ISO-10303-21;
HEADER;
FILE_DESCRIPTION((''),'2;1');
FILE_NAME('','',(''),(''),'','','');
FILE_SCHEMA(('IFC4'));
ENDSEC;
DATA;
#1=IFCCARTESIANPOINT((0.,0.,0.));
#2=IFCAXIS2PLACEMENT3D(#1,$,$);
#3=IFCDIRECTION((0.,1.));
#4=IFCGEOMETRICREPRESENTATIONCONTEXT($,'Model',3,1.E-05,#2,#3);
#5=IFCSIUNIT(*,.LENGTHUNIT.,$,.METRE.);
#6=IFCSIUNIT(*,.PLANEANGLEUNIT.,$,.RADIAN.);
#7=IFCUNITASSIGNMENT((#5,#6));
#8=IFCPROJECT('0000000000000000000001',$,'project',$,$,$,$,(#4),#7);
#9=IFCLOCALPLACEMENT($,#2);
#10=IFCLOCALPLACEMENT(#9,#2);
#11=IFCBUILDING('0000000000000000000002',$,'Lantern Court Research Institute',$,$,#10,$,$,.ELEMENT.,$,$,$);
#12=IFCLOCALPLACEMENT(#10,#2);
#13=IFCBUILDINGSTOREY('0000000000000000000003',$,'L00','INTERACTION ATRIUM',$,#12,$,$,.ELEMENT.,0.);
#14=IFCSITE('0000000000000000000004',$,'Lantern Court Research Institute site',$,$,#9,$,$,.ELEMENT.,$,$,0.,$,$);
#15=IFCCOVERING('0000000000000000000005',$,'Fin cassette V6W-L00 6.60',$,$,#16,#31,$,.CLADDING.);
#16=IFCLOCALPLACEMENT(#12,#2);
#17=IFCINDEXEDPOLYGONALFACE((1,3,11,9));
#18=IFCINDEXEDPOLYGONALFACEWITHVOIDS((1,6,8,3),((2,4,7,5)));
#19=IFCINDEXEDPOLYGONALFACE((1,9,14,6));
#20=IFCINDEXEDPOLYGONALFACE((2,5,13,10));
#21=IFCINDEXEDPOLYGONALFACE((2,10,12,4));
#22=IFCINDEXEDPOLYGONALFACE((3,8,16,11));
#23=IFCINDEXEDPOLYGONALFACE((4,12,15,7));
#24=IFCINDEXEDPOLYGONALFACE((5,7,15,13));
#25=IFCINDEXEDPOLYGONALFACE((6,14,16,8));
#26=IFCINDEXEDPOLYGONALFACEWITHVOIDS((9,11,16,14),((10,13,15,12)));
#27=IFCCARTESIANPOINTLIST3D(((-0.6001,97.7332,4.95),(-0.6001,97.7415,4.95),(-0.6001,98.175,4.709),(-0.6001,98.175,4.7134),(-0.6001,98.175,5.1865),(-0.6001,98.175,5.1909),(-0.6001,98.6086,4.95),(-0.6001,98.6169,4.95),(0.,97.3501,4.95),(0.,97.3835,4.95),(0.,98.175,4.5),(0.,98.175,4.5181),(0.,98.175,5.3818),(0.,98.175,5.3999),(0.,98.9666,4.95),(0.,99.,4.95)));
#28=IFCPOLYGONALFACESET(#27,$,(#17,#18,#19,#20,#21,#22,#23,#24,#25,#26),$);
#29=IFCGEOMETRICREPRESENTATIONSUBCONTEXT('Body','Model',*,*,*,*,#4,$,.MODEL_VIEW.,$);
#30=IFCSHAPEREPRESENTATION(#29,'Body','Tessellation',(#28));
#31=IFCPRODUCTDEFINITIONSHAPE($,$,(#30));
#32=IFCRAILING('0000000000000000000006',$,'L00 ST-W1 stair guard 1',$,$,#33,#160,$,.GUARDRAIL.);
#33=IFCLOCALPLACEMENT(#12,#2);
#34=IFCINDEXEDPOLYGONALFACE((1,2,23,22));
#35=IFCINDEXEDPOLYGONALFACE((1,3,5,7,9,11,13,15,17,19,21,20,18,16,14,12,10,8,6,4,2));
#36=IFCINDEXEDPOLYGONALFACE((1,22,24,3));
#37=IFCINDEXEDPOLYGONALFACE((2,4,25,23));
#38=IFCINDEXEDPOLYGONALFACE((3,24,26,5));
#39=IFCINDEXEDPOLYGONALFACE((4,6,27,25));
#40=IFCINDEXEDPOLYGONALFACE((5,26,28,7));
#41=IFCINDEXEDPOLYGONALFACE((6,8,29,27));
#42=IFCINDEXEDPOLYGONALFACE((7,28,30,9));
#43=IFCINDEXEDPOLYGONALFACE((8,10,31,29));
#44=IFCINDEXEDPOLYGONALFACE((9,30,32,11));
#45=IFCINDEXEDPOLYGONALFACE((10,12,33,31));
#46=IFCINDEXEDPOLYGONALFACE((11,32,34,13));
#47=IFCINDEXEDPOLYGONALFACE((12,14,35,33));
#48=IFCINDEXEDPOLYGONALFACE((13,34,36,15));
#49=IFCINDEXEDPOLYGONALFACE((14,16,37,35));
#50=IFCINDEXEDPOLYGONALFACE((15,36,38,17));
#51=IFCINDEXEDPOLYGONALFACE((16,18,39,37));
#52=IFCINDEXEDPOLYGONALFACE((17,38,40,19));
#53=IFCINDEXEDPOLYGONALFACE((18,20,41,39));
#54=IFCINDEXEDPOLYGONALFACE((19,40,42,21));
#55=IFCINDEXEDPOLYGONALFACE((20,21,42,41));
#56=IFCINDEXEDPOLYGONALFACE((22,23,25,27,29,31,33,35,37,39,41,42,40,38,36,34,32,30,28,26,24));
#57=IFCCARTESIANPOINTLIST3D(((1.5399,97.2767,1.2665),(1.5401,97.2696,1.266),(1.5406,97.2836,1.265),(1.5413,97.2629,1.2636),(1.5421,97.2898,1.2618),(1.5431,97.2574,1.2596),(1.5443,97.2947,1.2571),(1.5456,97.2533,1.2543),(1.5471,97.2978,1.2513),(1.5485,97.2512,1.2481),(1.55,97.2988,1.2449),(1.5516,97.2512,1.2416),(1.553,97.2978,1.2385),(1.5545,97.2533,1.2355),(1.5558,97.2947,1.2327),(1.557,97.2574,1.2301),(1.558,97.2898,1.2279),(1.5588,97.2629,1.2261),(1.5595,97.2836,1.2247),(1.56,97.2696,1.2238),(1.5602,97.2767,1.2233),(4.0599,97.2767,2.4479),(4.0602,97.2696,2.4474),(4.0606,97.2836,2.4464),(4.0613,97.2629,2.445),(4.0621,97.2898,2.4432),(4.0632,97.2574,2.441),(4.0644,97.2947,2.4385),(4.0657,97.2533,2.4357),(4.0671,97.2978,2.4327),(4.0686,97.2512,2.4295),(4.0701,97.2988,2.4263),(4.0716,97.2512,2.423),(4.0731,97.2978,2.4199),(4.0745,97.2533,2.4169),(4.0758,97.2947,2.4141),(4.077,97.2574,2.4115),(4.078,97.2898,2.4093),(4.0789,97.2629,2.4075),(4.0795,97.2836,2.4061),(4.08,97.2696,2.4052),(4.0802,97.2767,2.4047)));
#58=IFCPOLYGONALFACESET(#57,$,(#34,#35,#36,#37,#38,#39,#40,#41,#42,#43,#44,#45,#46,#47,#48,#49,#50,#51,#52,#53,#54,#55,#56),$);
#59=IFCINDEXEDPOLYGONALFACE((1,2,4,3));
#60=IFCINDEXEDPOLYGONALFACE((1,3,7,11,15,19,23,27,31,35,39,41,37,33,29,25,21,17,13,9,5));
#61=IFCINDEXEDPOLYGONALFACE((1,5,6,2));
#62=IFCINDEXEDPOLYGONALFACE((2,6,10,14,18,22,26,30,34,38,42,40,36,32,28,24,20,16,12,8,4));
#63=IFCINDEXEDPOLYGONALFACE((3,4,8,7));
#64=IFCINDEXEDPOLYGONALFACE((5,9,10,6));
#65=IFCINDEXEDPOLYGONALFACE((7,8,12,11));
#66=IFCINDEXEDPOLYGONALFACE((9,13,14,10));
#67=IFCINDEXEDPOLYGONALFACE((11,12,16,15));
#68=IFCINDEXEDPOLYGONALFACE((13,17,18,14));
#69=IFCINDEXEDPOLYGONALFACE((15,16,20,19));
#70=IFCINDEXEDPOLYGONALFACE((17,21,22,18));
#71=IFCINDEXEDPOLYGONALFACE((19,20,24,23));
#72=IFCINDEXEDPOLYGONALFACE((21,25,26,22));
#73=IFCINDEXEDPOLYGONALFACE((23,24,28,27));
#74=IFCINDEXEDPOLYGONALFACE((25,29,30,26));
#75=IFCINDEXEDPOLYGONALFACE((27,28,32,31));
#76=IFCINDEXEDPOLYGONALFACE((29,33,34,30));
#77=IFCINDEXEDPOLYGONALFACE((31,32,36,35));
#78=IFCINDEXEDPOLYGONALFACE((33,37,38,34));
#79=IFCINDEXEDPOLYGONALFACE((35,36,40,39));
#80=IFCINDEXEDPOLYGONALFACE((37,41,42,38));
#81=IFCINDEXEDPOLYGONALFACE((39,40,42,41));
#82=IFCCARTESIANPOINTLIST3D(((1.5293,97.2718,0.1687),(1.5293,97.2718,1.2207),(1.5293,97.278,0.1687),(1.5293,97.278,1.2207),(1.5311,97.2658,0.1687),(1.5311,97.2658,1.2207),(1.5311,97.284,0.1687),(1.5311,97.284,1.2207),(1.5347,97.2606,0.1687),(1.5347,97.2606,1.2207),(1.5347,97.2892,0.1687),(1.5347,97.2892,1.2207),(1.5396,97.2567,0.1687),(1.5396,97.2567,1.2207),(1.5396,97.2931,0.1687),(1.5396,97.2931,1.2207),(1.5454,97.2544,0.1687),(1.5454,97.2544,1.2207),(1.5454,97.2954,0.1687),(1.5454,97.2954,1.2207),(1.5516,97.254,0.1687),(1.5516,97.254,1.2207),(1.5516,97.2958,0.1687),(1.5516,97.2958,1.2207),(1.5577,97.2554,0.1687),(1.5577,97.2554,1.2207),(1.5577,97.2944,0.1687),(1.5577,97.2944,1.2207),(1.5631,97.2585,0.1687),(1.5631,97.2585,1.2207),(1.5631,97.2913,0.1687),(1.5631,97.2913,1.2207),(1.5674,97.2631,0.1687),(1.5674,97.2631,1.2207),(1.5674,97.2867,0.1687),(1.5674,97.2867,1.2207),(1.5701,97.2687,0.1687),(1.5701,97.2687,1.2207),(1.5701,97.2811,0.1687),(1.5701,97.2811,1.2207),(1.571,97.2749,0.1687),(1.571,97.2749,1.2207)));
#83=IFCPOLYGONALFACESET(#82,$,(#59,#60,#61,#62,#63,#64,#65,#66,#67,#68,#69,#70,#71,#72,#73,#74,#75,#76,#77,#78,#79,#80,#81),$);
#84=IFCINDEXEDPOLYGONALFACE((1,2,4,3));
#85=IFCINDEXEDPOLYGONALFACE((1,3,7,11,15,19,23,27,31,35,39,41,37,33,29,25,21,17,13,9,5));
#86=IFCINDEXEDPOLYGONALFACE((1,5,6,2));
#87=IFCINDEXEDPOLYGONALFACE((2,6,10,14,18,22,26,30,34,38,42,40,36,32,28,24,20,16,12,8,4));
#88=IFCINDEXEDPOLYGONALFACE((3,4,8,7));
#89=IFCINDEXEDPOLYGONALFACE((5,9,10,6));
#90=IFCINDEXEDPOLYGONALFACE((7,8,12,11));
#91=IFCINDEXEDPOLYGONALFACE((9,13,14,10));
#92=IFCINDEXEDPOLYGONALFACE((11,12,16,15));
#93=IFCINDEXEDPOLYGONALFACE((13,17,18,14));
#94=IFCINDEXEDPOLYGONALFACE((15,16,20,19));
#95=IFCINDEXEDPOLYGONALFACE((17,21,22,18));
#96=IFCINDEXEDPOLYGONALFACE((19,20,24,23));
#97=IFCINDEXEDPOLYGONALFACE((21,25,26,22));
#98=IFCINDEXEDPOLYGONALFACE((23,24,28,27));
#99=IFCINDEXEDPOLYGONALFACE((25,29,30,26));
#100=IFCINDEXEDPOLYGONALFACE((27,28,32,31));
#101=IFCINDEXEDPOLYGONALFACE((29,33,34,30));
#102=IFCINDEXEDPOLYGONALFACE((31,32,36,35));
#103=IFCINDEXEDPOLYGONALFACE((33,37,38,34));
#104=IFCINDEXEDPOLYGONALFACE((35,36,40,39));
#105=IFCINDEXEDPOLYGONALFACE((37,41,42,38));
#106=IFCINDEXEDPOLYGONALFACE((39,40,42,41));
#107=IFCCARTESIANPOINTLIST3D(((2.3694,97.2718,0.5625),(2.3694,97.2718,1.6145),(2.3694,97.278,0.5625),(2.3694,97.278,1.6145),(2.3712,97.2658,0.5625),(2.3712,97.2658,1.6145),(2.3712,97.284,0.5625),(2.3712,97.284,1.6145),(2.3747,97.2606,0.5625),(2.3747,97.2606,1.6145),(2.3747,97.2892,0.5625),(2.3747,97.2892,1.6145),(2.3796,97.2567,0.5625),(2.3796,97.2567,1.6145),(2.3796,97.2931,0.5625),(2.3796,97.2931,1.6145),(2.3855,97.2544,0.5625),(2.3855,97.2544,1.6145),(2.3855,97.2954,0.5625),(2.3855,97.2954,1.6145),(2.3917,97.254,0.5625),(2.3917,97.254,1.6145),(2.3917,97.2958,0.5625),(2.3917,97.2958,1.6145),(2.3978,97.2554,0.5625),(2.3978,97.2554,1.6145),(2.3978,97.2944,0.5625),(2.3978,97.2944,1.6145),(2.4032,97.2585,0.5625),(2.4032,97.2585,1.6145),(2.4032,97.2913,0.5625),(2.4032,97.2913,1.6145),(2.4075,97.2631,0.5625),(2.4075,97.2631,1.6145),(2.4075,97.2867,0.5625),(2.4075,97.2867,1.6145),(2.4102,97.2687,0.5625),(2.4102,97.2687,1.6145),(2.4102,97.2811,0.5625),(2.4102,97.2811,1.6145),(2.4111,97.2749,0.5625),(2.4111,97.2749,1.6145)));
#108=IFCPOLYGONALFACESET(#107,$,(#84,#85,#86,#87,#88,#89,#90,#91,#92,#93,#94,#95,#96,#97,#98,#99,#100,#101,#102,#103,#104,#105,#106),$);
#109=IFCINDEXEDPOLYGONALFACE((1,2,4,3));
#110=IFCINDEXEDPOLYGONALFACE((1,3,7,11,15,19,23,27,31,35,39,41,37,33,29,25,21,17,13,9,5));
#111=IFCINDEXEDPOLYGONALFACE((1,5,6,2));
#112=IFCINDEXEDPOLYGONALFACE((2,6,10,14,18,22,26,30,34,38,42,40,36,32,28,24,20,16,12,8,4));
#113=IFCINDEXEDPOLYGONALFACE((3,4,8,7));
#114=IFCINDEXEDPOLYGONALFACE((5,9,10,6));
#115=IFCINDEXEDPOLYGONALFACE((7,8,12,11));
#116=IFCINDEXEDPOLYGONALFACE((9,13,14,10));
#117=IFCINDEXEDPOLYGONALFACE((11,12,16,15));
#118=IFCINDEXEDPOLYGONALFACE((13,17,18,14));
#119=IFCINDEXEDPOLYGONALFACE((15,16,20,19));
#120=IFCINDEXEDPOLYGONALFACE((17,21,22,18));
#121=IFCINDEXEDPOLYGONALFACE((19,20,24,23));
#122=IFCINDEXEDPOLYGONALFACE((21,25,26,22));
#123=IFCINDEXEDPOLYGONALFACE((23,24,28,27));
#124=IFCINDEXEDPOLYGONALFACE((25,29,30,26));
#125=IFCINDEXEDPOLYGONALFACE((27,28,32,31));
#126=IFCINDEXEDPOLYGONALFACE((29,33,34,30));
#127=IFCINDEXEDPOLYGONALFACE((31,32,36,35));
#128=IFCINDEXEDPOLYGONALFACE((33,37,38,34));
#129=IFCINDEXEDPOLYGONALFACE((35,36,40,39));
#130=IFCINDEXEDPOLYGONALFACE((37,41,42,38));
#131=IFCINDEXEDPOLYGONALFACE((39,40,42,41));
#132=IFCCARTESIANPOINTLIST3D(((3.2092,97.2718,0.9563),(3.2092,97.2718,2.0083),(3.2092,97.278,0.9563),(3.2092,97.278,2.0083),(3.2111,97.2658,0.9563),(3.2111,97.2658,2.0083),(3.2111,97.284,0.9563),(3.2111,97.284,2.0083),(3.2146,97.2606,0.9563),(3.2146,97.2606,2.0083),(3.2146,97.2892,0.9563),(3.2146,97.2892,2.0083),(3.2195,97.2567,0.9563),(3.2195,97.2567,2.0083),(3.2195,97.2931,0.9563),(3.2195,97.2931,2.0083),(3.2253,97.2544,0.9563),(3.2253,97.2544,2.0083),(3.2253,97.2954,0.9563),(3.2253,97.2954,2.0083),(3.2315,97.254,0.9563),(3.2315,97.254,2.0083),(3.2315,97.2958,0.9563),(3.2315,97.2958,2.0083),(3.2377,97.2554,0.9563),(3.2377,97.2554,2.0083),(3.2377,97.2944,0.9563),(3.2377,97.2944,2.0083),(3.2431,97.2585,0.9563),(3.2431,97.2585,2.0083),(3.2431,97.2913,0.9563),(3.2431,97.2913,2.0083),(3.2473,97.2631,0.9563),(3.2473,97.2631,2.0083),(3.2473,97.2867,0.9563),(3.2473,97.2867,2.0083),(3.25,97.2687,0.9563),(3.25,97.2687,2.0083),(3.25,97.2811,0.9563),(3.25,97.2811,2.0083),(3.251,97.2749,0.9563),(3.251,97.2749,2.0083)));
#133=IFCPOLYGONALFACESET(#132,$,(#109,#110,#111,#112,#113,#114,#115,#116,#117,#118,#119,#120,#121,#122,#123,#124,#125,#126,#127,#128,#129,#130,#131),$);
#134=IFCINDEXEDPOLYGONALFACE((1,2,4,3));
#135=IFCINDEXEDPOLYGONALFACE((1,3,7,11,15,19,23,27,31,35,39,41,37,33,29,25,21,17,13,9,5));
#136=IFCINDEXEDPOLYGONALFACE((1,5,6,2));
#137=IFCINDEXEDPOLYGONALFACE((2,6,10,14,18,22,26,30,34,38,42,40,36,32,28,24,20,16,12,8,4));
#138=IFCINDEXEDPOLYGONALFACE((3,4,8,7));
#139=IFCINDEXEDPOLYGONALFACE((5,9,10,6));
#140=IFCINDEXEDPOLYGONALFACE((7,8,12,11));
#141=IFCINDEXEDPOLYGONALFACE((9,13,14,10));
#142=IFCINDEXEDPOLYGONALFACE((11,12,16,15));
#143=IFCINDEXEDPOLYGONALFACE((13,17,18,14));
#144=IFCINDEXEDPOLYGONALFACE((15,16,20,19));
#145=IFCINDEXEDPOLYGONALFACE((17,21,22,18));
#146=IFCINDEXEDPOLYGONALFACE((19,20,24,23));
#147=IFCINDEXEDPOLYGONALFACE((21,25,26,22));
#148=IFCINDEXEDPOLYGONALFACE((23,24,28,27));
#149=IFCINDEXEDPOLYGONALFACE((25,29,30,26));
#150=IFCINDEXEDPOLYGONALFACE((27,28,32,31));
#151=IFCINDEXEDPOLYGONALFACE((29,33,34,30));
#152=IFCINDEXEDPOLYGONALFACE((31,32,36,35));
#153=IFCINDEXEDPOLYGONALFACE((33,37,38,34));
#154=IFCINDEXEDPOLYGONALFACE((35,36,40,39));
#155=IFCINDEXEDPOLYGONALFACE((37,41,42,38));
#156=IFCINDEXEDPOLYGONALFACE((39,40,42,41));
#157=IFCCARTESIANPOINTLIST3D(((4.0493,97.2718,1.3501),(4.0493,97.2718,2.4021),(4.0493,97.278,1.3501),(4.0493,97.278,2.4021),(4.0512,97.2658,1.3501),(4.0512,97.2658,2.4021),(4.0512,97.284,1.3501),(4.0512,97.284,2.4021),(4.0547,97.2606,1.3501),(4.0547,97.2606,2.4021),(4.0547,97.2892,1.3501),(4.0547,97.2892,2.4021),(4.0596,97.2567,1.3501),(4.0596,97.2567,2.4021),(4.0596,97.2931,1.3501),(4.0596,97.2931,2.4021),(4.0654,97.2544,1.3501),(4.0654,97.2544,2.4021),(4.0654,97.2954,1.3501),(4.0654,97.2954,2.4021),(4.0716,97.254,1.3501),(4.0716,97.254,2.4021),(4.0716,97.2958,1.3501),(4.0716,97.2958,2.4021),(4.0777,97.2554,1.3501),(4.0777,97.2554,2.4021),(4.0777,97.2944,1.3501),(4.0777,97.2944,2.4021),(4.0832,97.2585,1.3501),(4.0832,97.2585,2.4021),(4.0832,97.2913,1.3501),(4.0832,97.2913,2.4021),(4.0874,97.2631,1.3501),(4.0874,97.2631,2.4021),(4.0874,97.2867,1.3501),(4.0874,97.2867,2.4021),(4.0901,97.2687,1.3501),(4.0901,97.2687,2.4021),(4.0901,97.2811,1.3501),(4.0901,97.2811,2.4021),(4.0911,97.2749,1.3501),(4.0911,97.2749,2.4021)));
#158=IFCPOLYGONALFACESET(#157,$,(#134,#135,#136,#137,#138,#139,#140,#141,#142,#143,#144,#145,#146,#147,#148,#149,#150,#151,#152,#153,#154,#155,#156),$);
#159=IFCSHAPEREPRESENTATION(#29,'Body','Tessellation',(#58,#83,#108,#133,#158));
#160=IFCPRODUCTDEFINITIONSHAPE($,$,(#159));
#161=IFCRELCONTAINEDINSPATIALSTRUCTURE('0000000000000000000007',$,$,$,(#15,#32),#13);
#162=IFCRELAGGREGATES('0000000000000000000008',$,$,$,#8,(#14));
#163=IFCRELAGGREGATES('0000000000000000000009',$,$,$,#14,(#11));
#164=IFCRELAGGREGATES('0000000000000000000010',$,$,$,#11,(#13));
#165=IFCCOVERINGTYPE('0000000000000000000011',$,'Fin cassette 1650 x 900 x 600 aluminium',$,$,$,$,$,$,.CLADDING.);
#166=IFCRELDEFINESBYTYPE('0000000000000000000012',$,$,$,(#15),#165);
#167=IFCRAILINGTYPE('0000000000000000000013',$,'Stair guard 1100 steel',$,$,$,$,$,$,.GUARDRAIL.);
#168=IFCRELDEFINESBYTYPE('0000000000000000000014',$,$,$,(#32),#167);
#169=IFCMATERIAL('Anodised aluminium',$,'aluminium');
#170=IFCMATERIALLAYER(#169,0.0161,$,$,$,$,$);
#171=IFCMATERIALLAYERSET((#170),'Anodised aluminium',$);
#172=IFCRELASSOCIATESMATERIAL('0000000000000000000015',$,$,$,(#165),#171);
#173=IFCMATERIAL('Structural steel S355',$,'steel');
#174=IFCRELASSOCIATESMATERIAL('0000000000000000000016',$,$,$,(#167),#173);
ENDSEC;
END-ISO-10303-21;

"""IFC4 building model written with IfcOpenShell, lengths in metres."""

from ifc_helpers import new_model, entity, si_unit, direction, frame, origin, origin_2d, place, context, subcontext, project, spatial, circle, extrude, material, layer, layer_set, type_object, element, save


model = new_model("IFC4")

# Units and contexts
model_context = context("Model", 3, precision=1e-05, world=origin(), true_north=direction((0.0, 1.0)))
body_context = subcontext(model_context, "Body", "Model", "MODEL_VIEW")
ifc_project = project(units=[si_unit("LENGTHUNIT", "METRE"), si_unit("PLANEANGLEUNIT", "RADIAN")], contexts=[model_context])

# Site, building, storey
site_placement = place(None, origin())
site = spatial("IfcSite", under=ifc_project, at=site_placement, Name="Lantern Court Research Institute site", CompositionType="ELEMENT", RefElevation=0.0)
building_placement = place(site_placement, origin())
building = spatial("IfcBuilding", under=site, at=building_placement, Name="Lantern Court Research Institute", CompositionType="ELEMENT")
storey_placement = place(building_placement, origin())
storey = spatial("IfcBuildingStorey", under=building, at=storey_placement, Name="L00", Description="INTERACTION ATRIUM", CompositionType="ELEMENT", Elevation=0.0)

# Covering
ifc_material_1 = material(Name="Anodised aluminium", Category="aluminium")
ifc_layer_1 = layer(ifc_material_1, 0.0161)
ifc_layer_set_1 = layer_set([ifc_layer_1], Name="Anodised aluminium")
covering_type = type_object("IfcCoveringType", Name="Fin cassette 1650 x 900 x 600 aluminium", PredefinedType="CLADDING", material=ifc_layer_set_1)
covering_1_placement = place(storey_placement, frame((0.0, 98.175, 4.95), z_axis=(-1.0, 0.0, 0.0), x_axis=(0.0, -1.0, 0.0)))
cartesian_point_1 = entity("IfcCartesianPoint", [0.825, 0.0])
cartesian_point_2 = entity("IfcCartesianPoint", [0.7915, 0.0])
cartesian_point_3 = entity("IfcCartesianPoint", [0.4419, 0.0])
cartesian_point_4 = entity("IfcCartesianPoint", [0.4336, 0.0])
element("IfcCovering", 1, at=covering_1_placement, inside=storey, type_object=covering_type, Name="Fin cassette V6W-L00 6.60", PredefinedType="CLADDING", context=body_context, shape_type="SweptSolid", body=[
    entity("IfcExtrudedAreaSolidTapered", entity("IfcArbitraryProfileDefWithVoids", "AREA", None, entity("IfcPolyline", [cartesian_point_1, entity("IfcCartesianPoint", [0.0, 0.45]), entity("IfcCartesianPoint", [-0.825, 0.0]), entity("IfcCartesianPoint", [0.0, -0.45]), cartesian_point_1]), [entity("IfcPolyline", [cartesian_point_2, entity("IfcCartesianPoint", [0.0, 0.4319]), entity("IfcCartesianPoint", [-0.7915, 0.0]), entity("IfcCartesianPoint", [0.0, -0.4319]), cartesian_point_2])]), entity("IfcAxis2Placement3D", entity("IfcCartesianPoint", [0.0, 0.0, 0.0])), entity("IfcDirection", [0.0, 0.0, 1.0]), 0.6001, entity("IfcArbitraryProfileDefWithVoids", "AREA", None, entity("IfcPolyline", [cartesian_point_3, entity("IfcCartesianPoint", [0.0, 0.241]), entity("IfcCartesianPoint", [-0.4419, 0.0]), entity("IfcCartesianPoint", [0.0, -0.241]), cartesian_point_3]), [entity("IfcPolyline", [cartesian_point_4, entity("IfcCartesianPoint", [0.0, 0.2366]), entity("IfcCartesianPoint", [-0.4336, 0.0]), entity("IfcCartesianPoint", [0.0, -0.2366]), cartesian_point_4])])),
])

# Railing
ifc_material_2 = material(Name="Structural steel S355", Category="steel")
railing_type = type_object("IfcRailingType", Name="Stair guard 1100 steel", PredefinedType="GUARDRAIL", material=ifc_material_2)
railing_1_placement = place(storey_placement, frame((1.55, 97.2749, 0.1687)))
element("IfcRailing", 2, at=railing_1_placement, inside=storey, type_object=railing_type, Name="L00 ST-W1 stair guard 1", PredefinedType="GUARDRAIL", context=body_context, shape_type="SweptSolid", body=[
    extrude(circle(Radius=0.0239, at=origin_2d()), frame((0.0, 0.0, 1.0762), z_axis=(0.90544, 0.0, 0.424474), x_axis=(0.0, 1.0, 0.0)), (0.0, 0.0, 1.0), 2.7832),
    extrude(circle(Radius=0.021, at=origin_2d()), origin(), (0.0, 0.0, 1.0), 1.052),
    extrude(circle(Radius=0.021, at=origin_2d()), frame((0.8401, 0.0, 0.3938)), (0.0, 0.0, 1.0), 1.052),
    extrude(circle(Radius=0.021, at=origin_2d()), frame((1.6799, 0.0, 0.7876)), (0.0, 0.0, 1.0), 1.052),
    extrude(circle(Radius=0.021, at=origin_2d()), frame((2.52, 0.0, 1.1814)), (0.0, 0.0, 1.0), 1.052),
])

save(model, "model.ifc")
